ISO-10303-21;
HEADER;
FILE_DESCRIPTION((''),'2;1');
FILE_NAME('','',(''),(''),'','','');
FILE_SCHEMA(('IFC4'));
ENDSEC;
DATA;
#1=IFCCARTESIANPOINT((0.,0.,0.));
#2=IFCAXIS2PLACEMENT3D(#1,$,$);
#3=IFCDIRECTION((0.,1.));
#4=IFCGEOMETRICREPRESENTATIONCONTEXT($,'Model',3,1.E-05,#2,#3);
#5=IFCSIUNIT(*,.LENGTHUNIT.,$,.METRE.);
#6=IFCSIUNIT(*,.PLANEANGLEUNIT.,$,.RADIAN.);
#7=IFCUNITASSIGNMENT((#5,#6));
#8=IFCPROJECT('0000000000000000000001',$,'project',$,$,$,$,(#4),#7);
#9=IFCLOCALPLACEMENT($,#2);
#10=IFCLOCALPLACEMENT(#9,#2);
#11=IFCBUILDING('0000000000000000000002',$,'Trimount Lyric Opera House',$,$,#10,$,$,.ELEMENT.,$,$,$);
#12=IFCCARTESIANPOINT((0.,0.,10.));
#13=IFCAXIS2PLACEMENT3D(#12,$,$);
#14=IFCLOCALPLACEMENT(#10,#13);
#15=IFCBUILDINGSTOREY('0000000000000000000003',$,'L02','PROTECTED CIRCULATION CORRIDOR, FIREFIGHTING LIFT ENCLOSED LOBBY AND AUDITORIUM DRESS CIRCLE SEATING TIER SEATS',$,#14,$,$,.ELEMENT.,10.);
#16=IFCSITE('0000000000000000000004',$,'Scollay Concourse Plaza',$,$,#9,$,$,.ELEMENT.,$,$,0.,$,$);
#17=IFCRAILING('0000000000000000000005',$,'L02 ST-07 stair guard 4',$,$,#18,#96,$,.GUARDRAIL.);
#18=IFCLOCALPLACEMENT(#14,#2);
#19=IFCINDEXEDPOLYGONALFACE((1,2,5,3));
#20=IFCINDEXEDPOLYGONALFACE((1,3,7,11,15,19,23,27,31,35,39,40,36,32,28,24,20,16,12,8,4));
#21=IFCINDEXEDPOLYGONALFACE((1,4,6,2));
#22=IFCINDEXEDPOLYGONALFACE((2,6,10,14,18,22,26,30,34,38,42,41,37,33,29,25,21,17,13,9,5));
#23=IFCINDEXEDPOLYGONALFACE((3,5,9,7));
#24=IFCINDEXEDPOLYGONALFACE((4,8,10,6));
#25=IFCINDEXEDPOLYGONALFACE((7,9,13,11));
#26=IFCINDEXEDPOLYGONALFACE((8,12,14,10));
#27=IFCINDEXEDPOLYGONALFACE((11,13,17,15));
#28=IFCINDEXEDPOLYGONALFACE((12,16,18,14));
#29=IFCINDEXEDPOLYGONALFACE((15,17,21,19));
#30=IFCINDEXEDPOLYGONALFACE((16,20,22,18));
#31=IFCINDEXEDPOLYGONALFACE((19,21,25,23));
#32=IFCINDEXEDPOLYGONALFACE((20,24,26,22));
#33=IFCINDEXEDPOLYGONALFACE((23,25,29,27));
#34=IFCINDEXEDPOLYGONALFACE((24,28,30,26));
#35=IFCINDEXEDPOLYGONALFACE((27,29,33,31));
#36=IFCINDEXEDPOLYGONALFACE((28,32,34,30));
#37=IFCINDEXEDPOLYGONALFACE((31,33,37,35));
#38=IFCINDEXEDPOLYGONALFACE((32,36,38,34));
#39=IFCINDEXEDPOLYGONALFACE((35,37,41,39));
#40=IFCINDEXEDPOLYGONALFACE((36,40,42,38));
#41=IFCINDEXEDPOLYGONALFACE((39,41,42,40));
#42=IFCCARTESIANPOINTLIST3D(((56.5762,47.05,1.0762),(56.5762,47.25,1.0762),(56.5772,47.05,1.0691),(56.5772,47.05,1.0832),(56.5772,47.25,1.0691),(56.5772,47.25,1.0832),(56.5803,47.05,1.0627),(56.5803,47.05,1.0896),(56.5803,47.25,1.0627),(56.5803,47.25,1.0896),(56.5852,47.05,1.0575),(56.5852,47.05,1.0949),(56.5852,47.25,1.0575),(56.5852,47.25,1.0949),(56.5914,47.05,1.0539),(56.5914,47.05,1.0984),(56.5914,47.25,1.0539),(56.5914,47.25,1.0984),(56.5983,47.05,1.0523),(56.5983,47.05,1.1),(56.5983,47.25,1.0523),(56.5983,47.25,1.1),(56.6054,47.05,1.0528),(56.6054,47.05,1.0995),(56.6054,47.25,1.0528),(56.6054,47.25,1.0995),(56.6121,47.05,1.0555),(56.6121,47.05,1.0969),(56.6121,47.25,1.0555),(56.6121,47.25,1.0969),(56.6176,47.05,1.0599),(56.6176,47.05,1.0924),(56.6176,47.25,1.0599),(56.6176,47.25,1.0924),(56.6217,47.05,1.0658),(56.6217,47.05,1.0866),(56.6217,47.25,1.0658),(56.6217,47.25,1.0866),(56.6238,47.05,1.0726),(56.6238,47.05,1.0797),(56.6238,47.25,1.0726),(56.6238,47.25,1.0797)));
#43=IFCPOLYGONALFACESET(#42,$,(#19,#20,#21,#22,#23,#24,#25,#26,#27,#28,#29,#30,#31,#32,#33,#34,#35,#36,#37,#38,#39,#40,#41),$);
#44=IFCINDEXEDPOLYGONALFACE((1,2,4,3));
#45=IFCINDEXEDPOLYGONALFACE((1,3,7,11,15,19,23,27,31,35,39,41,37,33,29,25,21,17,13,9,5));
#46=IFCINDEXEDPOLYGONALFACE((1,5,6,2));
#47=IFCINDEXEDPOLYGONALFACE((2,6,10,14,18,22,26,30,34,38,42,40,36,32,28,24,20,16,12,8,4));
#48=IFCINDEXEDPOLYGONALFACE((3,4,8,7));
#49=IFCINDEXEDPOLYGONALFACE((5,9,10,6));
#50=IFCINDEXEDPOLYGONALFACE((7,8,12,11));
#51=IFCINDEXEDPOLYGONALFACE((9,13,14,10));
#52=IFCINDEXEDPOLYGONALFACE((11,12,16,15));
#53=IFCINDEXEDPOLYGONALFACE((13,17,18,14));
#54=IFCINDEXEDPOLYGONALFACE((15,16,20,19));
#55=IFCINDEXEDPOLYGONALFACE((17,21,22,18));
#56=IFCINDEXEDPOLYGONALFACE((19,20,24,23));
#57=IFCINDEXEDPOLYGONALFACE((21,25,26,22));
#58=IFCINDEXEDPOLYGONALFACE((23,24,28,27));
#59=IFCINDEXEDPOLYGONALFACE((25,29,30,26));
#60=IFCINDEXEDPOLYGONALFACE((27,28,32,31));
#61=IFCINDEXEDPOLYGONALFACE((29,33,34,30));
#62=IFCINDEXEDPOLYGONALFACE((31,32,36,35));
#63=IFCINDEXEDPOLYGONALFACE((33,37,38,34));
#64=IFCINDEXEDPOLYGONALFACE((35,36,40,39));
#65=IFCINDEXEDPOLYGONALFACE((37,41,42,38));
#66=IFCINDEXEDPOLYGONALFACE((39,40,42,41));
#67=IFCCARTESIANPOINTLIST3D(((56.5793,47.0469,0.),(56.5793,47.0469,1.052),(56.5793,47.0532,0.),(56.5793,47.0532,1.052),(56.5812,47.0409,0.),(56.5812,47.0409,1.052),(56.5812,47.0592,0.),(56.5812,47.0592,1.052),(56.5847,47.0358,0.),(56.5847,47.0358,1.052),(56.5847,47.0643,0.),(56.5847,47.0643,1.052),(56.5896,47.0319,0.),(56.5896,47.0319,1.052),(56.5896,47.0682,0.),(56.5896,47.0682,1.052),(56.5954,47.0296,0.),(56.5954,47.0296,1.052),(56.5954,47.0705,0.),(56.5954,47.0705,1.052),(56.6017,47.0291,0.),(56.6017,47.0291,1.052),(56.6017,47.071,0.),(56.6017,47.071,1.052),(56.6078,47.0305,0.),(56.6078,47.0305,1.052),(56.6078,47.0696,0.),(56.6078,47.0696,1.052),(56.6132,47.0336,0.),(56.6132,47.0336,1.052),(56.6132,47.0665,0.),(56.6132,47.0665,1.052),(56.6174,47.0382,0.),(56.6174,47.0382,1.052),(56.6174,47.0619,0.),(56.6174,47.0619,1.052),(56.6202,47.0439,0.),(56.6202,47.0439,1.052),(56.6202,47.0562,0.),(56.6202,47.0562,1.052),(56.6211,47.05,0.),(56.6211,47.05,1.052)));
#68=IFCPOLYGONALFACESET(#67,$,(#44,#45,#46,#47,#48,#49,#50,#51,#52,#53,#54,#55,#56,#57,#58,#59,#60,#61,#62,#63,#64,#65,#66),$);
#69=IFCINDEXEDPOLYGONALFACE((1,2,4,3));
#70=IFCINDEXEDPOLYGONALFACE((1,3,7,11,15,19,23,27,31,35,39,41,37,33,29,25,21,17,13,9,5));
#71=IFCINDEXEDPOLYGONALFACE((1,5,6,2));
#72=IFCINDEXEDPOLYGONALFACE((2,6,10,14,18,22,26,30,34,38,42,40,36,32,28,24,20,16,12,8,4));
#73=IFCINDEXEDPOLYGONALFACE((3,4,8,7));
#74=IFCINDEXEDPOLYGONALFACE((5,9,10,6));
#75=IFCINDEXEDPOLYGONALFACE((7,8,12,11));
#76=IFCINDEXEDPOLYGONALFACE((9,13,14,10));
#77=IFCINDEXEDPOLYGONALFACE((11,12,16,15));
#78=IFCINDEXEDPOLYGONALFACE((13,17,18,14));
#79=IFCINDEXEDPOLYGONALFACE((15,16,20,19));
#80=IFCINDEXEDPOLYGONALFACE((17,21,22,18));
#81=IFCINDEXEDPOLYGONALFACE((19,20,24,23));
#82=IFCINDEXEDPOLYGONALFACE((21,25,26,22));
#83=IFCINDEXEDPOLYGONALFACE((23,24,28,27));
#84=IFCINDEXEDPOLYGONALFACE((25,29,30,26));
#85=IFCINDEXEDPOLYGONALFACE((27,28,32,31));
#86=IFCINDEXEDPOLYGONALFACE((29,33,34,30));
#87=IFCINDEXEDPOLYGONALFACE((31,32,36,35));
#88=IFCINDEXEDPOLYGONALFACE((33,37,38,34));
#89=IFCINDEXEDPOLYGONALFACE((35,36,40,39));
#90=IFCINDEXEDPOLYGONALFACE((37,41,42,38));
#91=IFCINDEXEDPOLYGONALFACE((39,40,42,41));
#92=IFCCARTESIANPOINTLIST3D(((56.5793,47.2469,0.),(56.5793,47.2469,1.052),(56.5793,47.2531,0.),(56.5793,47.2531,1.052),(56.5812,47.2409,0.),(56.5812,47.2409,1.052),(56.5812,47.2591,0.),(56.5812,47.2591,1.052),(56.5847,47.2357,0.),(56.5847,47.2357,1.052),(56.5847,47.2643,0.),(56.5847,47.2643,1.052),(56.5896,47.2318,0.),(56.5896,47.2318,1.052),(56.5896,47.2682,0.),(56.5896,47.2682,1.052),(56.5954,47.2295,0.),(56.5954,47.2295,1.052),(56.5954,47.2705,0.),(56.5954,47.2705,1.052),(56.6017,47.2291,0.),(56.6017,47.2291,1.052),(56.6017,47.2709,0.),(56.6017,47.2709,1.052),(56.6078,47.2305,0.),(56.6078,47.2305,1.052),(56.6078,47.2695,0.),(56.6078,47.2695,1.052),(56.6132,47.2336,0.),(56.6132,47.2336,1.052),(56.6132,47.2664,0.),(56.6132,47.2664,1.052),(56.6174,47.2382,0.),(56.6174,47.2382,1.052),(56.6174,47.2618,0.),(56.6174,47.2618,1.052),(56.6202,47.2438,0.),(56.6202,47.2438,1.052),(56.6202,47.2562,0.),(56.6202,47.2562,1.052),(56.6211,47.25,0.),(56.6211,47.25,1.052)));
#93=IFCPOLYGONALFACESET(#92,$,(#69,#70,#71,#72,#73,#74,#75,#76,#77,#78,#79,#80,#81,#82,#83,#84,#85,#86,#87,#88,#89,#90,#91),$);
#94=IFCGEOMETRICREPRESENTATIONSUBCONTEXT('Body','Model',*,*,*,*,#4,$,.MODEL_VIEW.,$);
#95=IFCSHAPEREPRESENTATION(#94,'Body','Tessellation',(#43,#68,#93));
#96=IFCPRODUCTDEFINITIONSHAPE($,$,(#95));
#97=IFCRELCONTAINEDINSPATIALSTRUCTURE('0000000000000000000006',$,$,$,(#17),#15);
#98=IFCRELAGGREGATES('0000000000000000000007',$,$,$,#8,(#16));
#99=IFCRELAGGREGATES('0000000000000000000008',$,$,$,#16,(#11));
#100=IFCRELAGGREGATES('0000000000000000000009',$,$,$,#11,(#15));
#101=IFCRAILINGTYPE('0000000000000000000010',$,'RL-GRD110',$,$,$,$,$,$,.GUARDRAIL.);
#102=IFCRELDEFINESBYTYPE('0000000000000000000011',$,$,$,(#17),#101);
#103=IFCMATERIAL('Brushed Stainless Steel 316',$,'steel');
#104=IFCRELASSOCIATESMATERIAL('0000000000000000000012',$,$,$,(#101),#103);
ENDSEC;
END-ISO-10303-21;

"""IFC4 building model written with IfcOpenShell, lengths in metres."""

from ifc_helpers import new_model, si_unit, direction, frame, origin, origin_2d, place, context, subcontext, project, spatial, circle, extrude, material, type_object, element, save


model = new_model("IFC4")

# Units and contexts
model_context = context("Model", 3, precision=1e-05, world=origin(), true_north=direction((0.0, 1.0)))
body_context = subcontext(model_context, "Body", "Model", "MODEL_VIEW")
ifc_project = project(units=[si_unit("LENGTHUNIT", "METRE"), si_unit("PLANEANGLEUNIT", "RADIAN")], contexts=[model_context])

# Site, building, storey
site_placement = place(None, origin())
site = spatial("IfcSite", under=ifc_project, at=site_placement, Name="Scollay Concourse Plaza", CompositionType="ELEMENT", RefElevation=0.0)
building_placement = place(site_placement, origin())
building = spatial("IfcBuilding", under=site, at=building_placement, Name="Trimount Lyric Opera House", CompositionType="ELEMENT")
storey_placement = place(building_placement, frame((0.0, 0.0, 10.0)))
storey = spatial("IfcBuildingStorey", under=building, at=storey_placement, Name="L02", Description="PROTECTED CIRCULATION CORRIDOR, FIREFIGHTING LIFT ENCLOSED LOBBY AND AUDITORIUM DRESS CIRCLE SEATING TIER SEATS", CompositionType="ELEMENT", Elevation=10.0)

# Railing
ifc_material_1 = material(Name="Brushed Stainless Steel 316", Category="steel")
railing_type_1 = type_object("IfcRailingType", Name="RL-GRD110", PredefinedType="GUARDRAIL", material=ifc_material_1)
railing_1_placement = place(storey_placement, frame((56.6001, 47.05, 0.0)))
element("IfcRailing", 1, at=railing_1_placement, inside=storey, type_object=railing_type_1, Name="L02 ST-07 stair guard 4", PredefinedType="GUARDRAIL", context=body_context, shape_type="SweptSolid", body=[
    extrude(circle(Radius=0.0239, at=origin_2d()), frame((0.0, 0.0, 1.0762), z_axis=(0.0, 1.0, 0.0), x_axis=(-1.0, 0.0, 0.0)), (0.0, 0.0, 1.0), 0.2),
    extrude(circle(Radius=0.021, at=origin_2d()), origin(), (0.0, 0.0, 1.0), 1.052),
    extrude(circle(Radius=0.021, at=origin_2d()), frame((0.0, 0.2, 0.0)), (0.0, 0.0, 1.0), 1.052),
])

save(model, "model.ifc")
